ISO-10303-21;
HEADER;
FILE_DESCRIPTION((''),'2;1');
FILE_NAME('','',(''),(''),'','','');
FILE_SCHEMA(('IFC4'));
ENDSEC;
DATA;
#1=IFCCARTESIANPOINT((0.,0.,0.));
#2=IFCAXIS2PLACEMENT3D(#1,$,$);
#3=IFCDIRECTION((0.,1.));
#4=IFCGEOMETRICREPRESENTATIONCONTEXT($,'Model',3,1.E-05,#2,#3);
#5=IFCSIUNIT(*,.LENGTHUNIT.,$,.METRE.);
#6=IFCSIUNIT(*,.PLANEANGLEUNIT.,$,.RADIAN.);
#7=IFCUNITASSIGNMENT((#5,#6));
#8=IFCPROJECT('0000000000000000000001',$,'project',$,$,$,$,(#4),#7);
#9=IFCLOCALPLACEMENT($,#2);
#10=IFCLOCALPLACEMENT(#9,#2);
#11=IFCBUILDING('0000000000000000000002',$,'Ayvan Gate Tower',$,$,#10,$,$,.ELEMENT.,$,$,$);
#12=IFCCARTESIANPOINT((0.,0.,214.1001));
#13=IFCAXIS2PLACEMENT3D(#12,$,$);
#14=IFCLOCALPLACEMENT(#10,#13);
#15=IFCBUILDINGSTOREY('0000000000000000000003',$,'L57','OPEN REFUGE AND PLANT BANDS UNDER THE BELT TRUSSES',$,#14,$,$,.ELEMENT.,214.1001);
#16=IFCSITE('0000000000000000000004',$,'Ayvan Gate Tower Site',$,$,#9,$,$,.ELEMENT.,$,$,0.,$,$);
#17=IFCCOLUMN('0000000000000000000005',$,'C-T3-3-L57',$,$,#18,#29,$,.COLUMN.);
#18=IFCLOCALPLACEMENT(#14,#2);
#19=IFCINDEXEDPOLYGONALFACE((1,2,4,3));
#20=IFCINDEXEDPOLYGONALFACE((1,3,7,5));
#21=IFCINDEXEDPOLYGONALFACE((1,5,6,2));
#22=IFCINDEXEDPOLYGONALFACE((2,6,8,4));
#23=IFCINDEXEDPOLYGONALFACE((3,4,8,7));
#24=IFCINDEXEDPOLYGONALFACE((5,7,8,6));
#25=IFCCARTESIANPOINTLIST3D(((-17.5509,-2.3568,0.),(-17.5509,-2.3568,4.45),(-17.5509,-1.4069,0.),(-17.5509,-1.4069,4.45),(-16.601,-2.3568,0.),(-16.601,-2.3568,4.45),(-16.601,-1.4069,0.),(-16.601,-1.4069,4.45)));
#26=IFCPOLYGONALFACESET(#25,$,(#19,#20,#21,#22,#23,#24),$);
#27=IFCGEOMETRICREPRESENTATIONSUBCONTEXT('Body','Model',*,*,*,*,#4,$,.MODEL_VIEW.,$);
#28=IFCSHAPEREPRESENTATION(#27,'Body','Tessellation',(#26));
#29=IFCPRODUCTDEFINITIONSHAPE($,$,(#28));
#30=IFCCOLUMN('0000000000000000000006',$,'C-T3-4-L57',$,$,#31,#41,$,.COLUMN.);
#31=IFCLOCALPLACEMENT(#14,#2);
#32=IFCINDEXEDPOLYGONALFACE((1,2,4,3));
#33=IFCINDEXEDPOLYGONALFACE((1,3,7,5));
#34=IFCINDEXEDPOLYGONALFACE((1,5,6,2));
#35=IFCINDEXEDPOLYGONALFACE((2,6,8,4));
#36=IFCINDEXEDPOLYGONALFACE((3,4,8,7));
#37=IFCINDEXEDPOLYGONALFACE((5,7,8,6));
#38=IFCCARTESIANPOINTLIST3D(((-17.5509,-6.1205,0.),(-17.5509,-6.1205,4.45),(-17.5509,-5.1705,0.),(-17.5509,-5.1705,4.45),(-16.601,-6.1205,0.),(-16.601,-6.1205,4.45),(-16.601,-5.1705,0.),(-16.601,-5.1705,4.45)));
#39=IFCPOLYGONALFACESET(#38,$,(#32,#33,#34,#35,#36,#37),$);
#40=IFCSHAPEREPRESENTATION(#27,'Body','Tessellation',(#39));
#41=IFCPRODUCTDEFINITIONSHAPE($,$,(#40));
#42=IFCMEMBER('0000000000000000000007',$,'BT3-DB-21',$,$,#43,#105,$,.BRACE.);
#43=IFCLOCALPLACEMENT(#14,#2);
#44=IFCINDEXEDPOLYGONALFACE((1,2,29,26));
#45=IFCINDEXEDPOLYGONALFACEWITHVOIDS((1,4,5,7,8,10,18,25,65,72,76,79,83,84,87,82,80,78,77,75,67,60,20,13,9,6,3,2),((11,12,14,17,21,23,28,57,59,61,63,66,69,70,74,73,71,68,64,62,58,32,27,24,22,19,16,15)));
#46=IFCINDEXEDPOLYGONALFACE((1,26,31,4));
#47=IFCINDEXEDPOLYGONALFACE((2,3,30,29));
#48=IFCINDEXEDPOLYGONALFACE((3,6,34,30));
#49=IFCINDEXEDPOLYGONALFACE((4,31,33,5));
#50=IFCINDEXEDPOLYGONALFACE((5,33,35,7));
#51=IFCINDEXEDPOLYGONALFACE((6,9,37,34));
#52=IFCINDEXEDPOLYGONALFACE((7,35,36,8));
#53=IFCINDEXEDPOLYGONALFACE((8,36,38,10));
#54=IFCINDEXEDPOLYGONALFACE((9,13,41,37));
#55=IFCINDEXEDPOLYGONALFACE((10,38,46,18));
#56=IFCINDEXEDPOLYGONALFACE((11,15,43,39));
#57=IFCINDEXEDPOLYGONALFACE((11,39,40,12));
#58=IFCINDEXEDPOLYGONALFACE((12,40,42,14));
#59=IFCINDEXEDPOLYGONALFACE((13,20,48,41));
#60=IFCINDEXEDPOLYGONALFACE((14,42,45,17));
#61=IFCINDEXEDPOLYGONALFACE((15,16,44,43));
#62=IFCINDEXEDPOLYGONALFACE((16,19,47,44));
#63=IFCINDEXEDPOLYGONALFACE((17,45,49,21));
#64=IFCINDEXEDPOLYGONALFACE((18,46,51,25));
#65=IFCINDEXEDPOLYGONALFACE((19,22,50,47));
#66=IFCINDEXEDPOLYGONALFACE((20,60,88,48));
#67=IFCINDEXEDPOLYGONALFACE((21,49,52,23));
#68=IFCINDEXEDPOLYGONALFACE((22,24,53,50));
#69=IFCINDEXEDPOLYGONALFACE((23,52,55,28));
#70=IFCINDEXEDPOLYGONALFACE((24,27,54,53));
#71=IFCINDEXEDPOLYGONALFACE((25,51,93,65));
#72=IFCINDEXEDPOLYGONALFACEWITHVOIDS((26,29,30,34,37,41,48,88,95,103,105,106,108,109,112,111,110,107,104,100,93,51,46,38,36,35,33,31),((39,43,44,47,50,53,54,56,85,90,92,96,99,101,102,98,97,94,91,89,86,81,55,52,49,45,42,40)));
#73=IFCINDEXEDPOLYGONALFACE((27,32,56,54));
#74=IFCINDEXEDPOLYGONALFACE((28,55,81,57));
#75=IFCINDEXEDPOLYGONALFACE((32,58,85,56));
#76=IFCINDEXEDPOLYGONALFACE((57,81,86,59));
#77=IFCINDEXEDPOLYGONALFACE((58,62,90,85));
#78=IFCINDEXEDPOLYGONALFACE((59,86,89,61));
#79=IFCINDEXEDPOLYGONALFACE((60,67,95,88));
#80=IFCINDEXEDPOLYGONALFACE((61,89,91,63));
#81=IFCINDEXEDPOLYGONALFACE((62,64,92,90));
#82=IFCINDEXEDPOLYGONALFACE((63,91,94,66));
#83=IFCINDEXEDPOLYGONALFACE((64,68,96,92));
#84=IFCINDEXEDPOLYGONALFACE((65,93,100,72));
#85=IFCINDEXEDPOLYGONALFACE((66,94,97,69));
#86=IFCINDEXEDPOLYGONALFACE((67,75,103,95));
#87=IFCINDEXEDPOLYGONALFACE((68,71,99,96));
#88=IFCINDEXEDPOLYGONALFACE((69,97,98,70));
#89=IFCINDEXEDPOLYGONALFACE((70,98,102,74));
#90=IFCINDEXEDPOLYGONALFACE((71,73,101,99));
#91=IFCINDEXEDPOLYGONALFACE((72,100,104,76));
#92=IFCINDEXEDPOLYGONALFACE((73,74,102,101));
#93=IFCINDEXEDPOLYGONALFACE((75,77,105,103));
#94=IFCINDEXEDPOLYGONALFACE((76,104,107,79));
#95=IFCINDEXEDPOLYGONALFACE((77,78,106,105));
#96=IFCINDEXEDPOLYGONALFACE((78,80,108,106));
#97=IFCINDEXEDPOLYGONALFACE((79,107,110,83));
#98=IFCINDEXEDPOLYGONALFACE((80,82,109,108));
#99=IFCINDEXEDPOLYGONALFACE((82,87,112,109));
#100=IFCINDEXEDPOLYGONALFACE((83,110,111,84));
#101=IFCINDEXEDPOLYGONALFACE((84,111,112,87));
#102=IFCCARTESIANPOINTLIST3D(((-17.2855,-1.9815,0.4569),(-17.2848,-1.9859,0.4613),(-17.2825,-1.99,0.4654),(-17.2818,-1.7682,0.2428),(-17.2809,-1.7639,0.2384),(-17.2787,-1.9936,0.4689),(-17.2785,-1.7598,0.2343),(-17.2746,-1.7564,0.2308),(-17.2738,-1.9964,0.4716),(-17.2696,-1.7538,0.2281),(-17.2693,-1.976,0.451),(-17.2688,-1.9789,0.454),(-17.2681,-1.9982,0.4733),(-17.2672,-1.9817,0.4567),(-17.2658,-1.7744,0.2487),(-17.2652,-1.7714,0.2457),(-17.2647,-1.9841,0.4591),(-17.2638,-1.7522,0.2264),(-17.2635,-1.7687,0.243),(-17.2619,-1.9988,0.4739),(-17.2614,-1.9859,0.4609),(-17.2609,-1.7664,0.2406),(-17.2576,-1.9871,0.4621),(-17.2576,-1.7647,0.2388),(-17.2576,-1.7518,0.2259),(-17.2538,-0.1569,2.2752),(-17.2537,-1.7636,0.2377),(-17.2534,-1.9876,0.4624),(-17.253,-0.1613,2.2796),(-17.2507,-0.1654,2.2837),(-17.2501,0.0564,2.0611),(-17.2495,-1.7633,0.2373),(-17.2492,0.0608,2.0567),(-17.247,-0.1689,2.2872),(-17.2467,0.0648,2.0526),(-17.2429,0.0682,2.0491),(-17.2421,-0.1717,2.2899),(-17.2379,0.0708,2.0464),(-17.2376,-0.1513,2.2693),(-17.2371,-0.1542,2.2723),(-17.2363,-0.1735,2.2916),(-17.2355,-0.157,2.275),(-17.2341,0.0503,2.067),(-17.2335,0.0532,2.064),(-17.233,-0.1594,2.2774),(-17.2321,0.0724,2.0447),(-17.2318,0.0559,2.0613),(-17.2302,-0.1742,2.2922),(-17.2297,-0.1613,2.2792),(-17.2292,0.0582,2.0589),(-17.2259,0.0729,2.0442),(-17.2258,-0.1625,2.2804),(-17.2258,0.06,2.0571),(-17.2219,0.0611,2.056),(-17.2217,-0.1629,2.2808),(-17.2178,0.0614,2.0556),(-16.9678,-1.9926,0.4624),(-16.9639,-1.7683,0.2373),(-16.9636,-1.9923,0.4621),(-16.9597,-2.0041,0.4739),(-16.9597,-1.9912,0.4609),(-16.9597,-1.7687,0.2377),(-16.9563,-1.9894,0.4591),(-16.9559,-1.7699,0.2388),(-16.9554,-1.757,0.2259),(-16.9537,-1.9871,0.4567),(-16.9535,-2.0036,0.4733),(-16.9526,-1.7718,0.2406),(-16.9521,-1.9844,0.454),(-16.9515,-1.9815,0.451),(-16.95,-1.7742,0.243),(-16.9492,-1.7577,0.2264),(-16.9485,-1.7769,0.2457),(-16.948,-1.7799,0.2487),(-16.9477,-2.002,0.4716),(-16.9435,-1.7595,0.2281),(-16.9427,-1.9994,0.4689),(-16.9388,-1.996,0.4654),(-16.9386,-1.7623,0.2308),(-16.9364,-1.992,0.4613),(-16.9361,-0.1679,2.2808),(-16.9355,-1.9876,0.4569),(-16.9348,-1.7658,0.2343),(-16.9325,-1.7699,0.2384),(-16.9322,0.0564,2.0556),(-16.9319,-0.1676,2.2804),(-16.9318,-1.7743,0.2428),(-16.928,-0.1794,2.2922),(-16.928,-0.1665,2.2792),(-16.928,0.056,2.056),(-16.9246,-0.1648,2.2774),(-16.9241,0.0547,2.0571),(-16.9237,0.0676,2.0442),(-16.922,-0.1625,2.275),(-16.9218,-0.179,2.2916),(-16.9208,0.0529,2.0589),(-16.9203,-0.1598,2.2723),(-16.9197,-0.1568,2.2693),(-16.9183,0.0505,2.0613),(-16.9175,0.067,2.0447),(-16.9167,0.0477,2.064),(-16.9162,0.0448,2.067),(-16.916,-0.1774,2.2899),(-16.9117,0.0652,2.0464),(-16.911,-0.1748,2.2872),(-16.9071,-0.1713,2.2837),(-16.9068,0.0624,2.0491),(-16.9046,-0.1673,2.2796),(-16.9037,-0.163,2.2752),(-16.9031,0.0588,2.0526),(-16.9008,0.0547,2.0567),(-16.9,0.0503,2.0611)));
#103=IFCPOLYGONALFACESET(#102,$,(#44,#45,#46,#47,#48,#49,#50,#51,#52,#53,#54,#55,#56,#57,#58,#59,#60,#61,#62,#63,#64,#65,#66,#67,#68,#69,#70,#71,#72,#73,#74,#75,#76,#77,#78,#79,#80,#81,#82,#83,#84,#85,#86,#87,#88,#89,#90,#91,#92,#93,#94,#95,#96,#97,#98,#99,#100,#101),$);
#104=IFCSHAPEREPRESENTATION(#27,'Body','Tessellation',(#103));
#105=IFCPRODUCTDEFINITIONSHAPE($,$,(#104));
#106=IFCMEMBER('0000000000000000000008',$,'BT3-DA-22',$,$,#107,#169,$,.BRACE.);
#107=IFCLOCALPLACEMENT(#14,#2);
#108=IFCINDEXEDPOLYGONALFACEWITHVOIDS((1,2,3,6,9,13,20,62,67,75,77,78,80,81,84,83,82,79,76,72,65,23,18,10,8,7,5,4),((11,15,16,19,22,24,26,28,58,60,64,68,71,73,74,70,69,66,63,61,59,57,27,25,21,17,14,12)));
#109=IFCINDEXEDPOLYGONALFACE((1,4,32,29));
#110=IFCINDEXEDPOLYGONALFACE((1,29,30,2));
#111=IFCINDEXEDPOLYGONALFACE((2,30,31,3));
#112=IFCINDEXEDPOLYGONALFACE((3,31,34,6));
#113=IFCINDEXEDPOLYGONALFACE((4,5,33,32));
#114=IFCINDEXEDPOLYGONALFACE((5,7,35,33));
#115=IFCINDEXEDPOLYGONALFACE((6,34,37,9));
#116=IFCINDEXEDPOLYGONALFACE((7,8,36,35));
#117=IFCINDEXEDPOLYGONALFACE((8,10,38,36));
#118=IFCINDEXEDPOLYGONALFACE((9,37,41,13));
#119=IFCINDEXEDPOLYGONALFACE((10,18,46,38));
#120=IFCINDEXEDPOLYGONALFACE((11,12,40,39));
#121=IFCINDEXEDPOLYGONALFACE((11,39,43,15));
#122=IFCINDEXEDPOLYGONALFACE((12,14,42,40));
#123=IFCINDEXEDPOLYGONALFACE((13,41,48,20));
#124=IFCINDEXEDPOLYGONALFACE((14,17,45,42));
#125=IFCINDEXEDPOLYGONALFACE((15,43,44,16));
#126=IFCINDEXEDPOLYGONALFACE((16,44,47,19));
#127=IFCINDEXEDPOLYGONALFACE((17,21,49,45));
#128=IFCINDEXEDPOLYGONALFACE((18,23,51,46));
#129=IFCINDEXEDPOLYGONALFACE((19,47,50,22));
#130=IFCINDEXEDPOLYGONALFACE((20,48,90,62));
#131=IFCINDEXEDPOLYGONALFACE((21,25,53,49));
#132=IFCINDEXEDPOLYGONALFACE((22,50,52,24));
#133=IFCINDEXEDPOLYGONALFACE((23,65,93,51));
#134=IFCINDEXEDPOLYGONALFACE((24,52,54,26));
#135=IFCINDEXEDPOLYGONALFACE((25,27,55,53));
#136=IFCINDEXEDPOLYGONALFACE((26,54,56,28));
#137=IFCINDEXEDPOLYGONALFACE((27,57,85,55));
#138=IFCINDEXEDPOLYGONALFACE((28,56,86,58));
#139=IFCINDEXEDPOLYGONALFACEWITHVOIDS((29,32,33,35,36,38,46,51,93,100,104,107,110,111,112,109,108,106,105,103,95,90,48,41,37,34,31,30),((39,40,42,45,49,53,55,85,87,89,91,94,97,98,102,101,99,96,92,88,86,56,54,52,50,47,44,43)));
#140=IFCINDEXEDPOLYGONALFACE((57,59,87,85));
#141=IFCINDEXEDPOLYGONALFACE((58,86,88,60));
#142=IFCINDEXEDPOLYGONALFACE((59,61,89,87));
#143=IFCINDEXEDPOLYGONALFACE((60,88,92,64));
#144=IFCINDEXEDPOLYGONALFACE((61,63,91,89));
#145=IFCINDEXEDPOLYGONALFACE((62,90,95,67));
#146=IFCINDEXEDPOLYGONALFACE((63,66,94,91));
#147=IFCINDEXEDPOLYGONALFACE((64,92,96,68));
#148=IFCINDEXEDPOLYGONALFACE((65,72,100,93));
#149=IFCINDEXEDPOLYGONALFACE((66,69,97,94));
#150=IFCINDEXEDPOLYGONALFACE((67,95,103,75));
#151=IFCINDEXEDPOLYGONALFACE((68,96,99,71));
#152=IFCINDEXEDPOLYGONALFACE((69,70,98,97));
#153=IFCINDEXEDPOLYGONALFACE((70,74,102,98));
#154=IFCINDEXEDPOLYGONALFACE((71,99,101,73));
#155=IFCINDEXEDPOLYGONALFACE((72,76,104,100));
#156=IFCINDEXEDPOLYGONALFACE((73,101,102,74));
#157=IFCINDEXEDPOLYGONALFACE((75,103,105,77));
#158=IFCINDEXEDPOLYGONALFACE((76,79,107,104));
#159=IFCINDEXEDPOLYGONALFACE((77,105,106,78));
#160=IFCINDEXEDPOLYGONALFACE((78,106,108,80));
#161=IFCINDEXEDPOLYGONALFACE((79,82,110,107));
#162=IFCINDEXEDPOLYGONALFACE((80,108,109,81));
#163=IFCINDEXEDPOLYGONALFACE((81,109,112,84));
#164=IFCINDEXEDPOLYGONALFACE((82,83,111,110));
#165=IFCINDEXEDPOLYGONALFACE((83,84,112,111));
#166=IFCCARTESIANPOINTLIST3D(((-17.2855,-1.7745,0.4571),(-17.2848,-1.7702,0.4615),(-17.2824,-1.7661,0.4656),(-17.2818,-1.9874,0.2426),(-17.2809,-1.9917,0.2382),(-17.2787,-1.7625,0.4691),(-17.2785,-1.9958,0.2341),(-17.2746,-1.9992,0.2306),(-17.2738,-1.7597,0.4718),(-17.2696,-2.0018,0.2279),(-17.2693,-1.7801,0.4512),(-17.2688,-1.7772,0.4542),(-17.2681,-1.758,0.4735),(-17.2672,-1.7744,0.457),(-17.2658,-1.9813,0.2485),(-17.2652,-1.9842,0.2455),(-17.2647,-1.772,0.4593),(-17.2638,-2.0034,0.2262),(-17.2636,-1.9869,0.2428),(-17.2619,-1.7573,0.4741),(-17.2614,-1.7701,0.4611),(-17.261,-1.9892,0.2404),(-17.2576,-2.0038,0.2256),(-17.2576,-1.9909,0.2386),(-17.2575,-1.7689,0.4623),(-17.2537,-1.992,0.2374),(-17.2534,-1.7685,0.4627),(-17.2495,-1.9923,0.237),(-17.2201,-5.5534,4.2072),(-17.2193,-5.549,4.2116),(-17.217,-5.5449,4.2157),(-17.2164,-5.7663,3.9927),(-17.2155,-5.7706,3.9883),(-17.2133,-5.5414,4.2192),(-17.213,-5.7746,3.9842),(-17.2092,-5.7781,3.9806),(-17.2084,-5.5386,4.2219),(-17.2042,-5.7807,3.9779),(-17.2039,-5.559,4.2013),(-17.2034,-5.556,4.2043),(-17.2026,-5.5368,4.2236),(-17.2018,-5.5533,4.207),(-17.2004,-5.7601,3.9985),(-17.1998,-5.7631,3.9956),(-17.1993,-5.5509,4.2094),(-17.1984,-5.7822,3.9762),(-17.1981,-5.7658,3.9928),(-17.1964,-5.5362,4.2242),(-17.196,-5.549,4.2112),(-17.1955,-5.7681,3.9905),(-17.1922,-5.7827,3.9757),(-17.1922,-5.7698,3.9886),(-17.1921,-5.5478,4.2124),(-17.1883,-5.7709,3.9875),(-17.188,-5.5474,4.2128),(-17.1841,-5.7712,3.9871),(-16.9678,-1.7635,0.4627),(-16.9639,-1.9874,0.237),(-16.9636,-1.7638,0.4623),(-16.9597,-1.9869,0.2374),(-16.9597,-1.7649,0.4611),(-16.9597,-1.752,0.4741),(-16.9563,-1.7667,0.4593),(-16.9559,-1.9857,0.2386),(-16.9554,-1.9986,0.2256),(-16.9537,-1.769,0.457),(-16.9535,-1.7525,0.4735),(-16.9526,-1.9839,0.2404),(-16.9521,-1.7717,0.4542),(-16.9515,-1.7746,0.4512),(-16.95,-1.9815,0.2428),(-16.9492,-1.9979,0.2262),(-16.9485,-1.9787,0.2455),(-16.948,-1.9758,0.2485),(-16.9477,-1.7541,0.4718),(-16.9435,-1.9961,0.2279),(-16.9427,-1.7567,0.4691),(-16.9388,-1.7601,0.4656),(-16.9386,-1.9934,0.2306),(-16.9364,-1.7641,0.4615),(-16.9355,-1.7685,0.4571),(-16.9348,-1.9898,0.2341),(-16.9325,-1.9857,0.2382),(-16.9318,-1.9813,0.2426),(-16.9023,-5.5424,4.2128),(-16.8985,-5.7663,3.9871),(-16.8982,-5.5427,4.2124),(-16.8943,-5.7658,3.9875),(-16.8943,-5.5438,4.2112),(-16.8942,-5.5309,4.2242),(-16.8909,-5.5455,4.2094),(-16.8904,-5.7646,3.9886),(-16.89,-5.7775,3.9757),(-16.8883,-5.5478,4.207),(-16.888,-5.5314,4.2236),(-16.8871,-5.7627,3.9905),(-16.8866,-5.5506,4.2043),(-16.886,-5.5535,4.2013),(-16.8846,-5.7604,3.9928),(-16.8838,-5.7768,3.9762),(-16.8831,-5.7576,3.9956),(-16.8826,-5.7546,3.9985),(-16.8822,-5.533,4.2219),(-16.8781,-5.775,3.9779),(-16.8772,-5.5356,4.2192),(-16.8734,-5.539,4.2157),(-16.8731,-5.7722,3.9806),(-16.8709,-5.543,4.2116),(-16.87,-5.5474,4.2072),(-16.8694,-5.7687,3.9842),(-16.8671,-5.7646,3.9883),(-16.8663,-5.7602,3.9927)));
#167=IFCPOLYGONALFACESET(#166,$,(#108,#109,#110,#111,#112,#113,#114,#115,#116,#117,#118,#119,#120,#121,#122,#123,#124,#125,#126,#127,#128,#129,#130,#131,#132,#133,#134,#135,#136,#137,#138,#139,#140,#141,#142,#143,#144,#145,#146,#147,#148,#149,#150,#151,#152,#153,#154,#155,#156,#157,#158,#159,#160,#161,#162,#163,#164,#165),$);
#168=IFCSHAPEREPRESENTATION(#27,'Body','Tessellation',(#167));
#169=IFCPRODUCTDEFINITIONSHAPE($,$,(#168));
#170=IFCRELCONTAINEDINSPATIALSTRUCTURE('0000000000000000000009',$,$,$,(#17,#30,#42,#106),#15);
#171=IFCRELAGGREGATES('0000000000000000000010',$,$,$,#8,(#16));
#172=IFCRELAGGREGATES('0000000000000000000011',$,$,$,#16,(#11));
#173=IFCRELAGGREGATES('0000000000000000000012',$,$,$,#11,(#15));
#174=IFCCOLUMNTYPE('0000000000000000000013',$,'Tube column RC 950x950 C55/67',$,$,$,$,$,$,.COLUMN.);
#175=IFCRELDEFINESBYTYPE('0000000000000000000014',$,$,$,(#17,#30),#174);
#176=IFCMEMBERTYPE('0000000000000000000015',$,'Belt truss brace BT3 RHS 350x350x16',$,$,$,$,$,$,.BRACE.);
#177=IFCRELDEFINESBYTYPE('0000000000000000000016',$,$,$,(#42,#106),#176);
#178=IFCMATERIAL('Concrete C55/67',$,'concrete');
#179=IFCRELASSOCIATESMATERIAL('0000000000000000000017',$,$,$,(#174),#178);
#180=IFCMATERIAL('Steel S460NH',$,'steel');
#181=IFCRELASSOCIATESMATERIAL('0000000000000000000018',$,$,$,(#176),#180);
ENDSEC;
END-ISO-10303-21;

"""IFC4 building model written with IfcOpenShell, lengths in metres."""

from ifc_helpers import new_model, si_unit, direction, frame, origin, origin_2d, place, context, subcontext, project, spatial, rectangle, hollow_rectangle, extrude, material, material_profile, profile_set, type_object, element, save


model = new_model("IFC4")

# Units and contexts
model_context = context("Model", 3, precision=1e-05, world=origin(), true_north=direction((0.0, 1.0)))
body_context = subcontext(model_context, "Body", "Model", "MODEL_VIEW")
ifc_project = project(units=[si_unit("LENGTHUNIT", "METRE"), si_unit("PLANEANGLEUNIT", "RADIAN")], contexts=[model_context])

# Site, building, storey
site_placement = place(None, origin())
site = spatial("IfcSite", under=ifc_project, at=site_placement, Name="Ayvan Gate Tower Site", CompositionType="ELEMENT", RefElevation=0.0)
building_placement = place(site_placement, origin())
building = spatial("IfcBuilding", under=site, at=building_placement, Name="Ayvan Gate Tower", CompositionType="ELEMENT")
storey_placement = place(building_placement, frame((0.0, 0.0, 214.1001)))
storey = spatial("IfcBuildingStorey", under=building, at=storey_placement, Name="L57", Description="OPEN REFUGE AND PLANT BANDS UNDER THE BELT TRUSSES", CompositionType="ELEMENT", Elevation=214.1001)

# Columns
ifc_material_1 = material(Name="Concrete C55/67", Category="concrete")
ifc_material_profile_1 = material_profile(ifc_material_1, rectangle(XDim=0.95, YDim=0.95, at=origin_2d()), Name="RC 950x950")
ifc_profile_set_1 = profile_set([ifc_material_profile_1], Name="Concrete C55/67")
column_type = type_object("IfcColumnType", Name="Tube column RC 950x950 C55/67", PredefinedType="COLUMN", material=ifc_profile_set_1)
for number, where, z_axis, x_axis, name in (
    (1, (-17.0759, -1.8818, 0.0), (0.0, 0.0, 1.0), (-1.0, 0.0, 0.0), "C-T3-3-L57"),
    (2, (-17.0759, -5.6455, 0.0), (0.0, 0.0, 1.0), (-1.0, 0.0, 0.0), "C-T3-4-L57"),
):
    element("IfcColumn", number, at=place(storey_placement, frame(where, z_axis=z_axis, x_axis=x_axis)), inside=storey, type_object=column_type, Name=name, PredefinedType="COLUMN", context=body_context, shape_type="SweptSolid", body=[
        extrude(rectangle(XDim=0.95, YDim=0.95, at=origin_2d()), origin(), (0.0, 0.0, 1.0), 4.45),
    ])

# Members
ifc_material_2 = material(Name="Steel S460NH", Category="steel")
ifc_material_profile_2 = material_profile(ifc_material_2, hollow_rectangle(XDim=0.3501, YDim=0.3501, WallThickness=0.0161, InnerFilletRadius=0.0161, OuterFilletRadius=0.0239, at=origin_2d()), Name="RHS 350x350x16")
ifc_profile_set_2 = profile_set([ifc_material_profile_2], Name="Steel S460NH")
member_type_1 = type_object("IfcMemberType", Name="Belt truss brace BT3 RHS 350x350x16", PredefinedType="BRACE", material=ifc_profile_set_2)
member_1_placement = place(storey_placement, frame((-17.1086, -1.8779, 0.3499), z_axis=(0.01232, 0.708284, 0.70582), x_axis=(-0.999849, 0.017391, 0.0)))
element("IfcMember", 3, at=member_1_placement, inside=storey, type_object=member_type_1, Name="BT3-DB-21", PredefinedType="BRACE", context=body_context, shape_type="SweptSolid", body=[
    extrude(hollow_rectangle(XDim=0.3501, YDim=0.3501, WallThickness=0.0161, InnerFilletRadius=0.0161, OuterFilletRadius=0.0239, at=origin_2d()), origin(), (0.0, 0.0, 1.0), 2.5762),
])
member_2_placement = place(storey_placement, frame((-17.1086, -1.8779, 0.3499), z_axis=(0.012289, -0.709754, 0.704343), x_axis=(0.99985, 0.017312, 0.0)))
element("IfcMember", 4, at=member_2_placement, inside=storey, type_object=member_type_1, Name="BT3-DA-22", PredefinedType="BRACE", context=body_context, shape_type="SweptSolid", body=[
    extrude(hollow_rectangle(XDim=0.3501, YDim=0.3501, WallThickness=0.0161, InnerFilletRadius=0.0161, OuterFilletRadius=0.0239, at=origin_2d()), origin(), (0.0, 0.0, 1.0), 5.3242),
])

save(model, "model.ifc")
